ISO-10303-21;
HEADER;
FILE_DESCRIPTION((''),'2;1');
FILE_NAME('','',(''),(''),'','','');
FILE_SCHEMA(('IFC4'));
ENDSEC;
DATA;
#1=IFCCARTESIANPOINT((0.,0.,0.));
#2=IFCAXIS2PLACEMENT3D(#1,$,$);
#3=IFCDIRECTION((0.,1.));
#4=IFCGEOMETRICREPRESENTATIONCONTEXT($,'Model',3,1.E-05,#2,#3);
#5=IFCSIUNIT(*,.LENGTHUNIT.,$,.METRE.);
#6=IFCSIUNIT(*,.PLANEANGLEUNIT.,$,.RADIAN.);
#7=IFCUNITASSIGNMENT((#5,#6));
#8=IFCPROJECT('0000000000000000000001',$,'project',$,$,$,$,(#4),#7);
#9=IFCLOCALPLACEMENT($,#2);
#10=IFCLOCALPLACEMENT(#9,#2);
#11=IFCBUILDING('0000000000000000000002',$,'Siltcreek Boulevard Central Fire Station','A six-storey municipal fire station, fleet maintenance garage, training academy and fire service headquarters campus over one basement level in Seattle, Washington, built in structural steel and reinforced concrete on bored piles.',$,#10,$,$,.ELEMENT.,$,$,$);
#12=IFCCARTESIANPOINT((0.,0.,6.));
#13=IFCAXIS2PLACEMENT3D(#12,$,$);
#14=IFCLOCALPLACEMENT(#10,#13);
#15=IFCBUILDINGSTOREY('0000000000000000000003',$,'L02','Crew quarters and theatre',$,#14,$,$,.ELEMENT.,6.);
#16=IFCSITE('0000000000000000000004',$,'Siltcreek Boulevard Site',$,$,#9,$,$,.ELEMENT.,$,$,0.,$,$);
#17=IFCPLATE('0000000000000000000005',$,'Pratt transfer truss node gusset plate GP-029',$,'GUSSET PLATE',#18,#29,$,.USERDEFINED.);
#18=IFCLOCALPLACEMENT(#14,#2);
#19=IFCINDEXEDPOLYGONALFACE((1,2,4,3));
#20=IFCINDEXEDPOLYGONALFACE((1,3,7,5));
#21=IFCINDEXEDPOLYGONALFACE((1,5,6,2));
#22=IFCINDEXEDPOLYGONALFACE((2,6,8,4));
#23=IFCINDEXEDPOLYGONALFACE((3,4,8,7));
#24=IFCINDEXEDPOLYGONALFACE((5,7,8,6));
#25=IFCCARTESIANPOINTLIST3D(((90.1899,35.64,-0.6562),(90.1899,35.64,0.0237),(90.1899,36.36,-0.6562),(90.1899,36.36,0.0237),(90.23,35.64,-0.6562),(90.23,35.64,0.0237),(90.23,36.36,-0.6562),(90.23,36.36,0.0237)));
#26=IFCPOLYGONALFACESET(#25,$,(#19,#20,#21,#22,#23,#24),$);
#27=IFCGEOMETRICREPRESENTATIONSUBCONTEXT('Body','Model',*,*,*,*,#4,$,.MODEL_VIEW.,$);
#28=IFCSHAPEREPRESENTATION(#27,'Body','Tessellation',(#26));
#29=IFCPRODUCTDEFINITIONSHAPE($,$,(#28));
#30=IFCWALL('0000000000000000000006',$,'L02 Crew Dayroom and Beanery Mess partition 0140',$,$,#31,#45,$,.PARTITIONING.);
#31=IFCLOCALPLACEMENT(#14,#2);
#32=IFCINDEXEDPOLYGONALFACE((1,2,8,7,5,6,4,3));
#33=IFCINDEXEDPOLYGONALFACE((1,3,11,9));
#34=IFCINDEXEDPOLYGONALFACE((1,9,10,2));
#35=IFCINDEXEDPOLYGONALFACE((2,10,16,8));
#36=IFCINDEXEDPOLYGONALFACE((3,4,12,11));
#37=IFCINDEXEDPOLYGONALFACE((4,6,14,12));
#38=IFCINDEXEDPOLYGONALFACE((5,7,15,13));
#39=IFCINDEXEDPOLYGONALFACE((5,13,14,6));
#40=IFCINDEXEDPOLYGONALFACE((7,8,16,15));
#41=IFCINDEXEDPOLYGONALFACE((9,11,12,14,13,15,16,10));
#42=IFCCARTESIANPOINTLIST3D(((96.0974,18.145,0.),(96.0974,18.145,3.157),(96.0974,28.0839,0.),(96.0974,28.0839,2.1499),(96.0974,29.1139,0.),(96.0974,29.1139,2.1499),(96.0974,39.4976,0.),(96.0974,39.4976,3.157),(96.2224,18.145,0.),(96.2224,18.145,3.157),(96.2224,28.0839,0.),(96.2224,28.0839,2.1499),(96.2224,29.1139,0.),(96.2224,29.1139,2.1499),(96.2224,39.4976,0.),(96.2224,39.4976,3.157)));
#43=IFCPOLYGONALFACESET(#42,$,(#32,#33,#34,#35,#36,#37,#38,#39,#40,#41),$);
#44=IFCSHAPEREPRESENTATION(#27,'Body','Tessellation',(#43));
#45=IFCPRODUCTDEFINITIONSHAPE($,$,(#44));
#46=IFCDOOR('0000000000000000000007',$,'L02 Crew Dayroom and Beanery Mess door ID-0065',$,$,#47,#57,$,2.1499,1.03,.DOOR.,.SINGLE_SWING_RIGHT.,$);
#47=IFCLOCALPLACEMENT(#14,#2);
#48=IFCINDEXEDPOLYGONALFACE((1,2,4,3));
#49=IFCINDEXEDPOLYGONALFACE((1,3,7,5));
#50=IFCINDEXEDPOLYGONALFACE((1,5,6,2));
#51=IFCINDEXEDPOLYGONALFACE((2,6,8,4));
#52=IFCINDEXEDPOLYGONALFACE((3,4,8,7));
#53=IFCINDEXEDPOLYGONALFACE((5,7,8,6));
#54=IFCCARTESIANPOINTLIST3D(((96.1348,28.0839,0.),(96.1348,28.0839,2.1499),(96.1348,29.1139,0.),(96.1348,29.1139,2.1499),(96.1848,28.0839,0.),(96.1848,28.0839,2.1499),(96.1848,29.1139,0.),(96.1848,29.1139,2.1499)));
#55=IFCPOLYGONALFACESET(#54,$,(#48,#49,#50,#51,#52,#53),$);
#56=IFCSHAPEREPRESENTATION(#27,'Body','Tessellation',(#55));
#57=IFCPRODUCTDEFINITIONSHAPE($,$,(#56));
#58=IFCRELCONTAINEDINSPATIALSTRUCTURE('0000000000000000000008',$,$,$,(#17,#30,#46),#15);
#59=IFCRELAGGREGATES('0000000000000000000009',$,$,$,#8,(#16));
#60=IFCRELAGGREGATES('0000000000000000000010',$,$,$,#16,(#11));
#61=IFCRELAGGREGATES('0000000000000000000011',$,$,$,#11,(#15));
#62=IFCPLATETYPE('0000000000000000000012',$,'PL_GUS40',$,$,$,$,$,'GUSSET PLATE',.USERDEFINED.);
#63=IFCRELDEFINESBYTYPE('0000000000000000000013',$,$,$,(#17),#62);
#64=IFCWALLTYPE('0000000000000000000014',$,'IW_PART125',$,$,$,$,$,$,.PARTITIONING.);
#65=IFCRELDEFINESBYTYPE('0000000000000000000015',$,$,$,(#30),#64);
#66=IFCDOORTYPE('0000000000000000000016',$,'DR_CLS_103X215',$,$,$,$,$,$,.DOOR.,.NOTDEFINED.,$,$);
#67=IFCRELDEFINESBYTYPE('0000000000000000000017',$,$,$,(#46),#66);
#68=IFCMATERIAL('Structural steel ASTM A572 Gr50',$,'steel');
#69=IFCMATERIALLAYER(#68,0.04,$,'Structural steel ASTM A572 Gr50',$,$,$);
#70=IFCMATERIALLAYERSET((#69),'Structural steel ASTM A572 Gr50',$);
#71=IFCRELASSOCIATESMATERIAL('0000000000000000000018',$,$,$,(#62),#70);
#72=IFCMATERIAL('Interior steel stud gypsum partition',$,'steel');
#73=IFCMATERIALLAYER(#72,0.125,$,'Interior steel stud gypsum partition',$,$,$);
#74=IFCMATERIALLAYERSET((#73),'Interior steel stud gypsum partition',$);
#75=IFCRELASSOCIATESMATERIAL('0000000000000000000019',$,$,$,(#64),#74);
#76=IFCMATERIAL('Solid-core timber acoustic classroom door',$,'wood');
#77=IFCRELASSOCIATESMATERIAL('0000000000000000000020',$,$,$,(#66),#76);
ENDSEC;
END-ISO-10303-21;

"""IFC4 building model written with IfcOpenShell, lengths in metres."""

from ifc_helpers import new_model, si_unit, direction, frame, frame_2d, origin, origin_2d, place, context, subcontext, project, spatial, rectangle, extrude, material, layer, layer_set, type_object, element, fill, save


model = new_model("IFC4")

# Units and contexts
model_context = context("Model", 3, precision=1e-05, world=origin(), true_north=direction((0.0, 1.0)))
body_context = subcontext(model_context, "Body", "Model", "MODEL_VIEW")
ifc_project = project(units=[si_unit("LENGTHUNIT", "METRE"), si_unit("PLANEANGLEUNIT", "RADIAN")], contexts=[model_context])

# Site, building, storey
site_placement = place(None, origin())
site = spatial("IfcSite", under=ifc_project, at=site_placement, Name="Siltcreek Boulevard Site", CompositionType="ELEMENT", RefElevation=0.0)
building_placement = place(site_placement, origin())
building = spatial("IfcBuilding", under=site, at=building_placement, Name="Siltcreek Boulevard Central Fire Station", Description="A six-storey municipal fire station, fleet maintenance garage, training academy and fire service headquarters campus over one basement level in Seattle, Washington, built in structural steel and reinforced concrete on bored piles.", CompositionType="ELEMENT")
storey_placement = place(building_placement, frame((0.0, 0.0, 6.0)))
storey = spatial("IfcBuildingStorey", under=building, at=storey_placement, Name="L02", Description="Crew quarters and theatre", CompositionType="ELEMENT", Elevation=6.0)

# Plate
ifc_material_1 = material(Name="Structural steel ASTM A572 Gr50", Category="steel")
ifc_layer_1 = layer(ifc_material_1, 0.04, Name="Structural steel ASTM A572 Gr50")
ifc_layer_set_1 = layer_set([ifc_layer_1], Name="Structural steel ASTM A572 Gr50")
plate_type_1 = type_object("IfcPlateType", Name="PL_GUS40", ElementType="GUSSET PLATE", PredefinedType="USERDEFINED", material=ifc_layer_set_1)
plate_1_placement = place(storey_placement, frame((90.21, 36.0, -0.6562), z_axis=(0.0, 0.0, 1.0), x_axis=(1.0, 0.0, 0.0)))
element("IfcPlate", 1, at=plate_1_placement, inside=storey, type_object=plate_type_1, Name="Pratt transfer truss node gusset plate GP-029", ObjectType="GUSSET PLATE", PredefinedType="USERDEFINED", context=body_context, shape_type="SweptSolid", body=[
    extrude(rectangle(XDim=0.04, YDim=0.72, at=origin_2d()), origin(), (0.0, 0.0, 1.0), 0.6799),
])

# Wall, opening, door
ifc_material_2 = material(Name="Interior steel stud gypsum partition", Category="steel")
ifc_layer_2 = layer(ifc_material_2, 0.125, Name="Interior steel stud gypsum partition")
ifc_layer_set_2 = layer_set([ifc_layer_2], Name="Interior steel stud gypsum partition")
wall_type = type_object("IfcWallType", Name="IW_PART125", PredefinedType="PARTITIONING", material=ifc_layer_set_2)
wall_placement = place(storey_placement, frame((96.1599, 39.4976, 0.0), z_axis=(0.0, 0.0, 1.0), x_axis=(0.0, -1.0, 0.0)))
wall = element("IfcWall", 2, at=wall_placement, inside=storey, type_object=wall_type, Name="L02 Crew Dayroom and Beanery Mess partition 0140", PredefinedType="PARTITIONING", context=body_context, shape_type="SweptSolid", body=[
    extrude(rectangle(XDim=21.3525, YDim=0.125, at=frame_2d((10.6763, 0.0))), origin(), (0.0, 0.0, 1.0), 3.157),
])
opening_placement = place(wall_placement, frame((10.3835, 0.0, 0.0)))
opening = element("IfcOpeningElement", 3, at=opening_placement, cuts=wall, PredefinedType="OPENING", context=body_context, shape_type="SweptSolid", body=[
    extrude(rectangle(XDim=1.03, YDim=2.1499, at=frame_2d((0.5151, 1.075))), frame((0.0, 0.0725, 0.0), z_axis=(0.0, -1.0, 0.0), x_axis=(1.0, 0.0, 0.0)), (0.0, 0.0, 1.0), 0.145),
])
ifc_material_3 = material(Name="Solid-core timber acoustic classroom door", Category="wood")
door_type = type_object("IfcDoorType", Name="DR_CLS_103X215", OperationType="NOTDEFINED", PredefinedType="DOOR", material=ifc_material_3)
door_placement = place(opening_placement, origin())
door = element("IfcDoor", 4, at=door_placement, inside=storey, type_object=door_type, Name="L02 Crew Dayroom and Beanery Mess door ID-0065", OperationType="SINGLE_SWING_RIGHT", OverallHeight=2.1499, OverallWidth=1.03, PredefinedType="DOOR", context=body_context, shape_type="SweptSolid", body=[
    extrude(rectangle(XDim=1.03, YDim=2.1499, at=frame_2d((0.5151, 1.075))), frame((0.0, 0.0249, 0.0), z_axis=(0.0, -1.0, 0.0), x_axis=(1.0, 0.0, 0.0)), (0.0, 0.0, 1.0), 0.05),
])
fill(opening, door)

save(model, "model.ifc")
